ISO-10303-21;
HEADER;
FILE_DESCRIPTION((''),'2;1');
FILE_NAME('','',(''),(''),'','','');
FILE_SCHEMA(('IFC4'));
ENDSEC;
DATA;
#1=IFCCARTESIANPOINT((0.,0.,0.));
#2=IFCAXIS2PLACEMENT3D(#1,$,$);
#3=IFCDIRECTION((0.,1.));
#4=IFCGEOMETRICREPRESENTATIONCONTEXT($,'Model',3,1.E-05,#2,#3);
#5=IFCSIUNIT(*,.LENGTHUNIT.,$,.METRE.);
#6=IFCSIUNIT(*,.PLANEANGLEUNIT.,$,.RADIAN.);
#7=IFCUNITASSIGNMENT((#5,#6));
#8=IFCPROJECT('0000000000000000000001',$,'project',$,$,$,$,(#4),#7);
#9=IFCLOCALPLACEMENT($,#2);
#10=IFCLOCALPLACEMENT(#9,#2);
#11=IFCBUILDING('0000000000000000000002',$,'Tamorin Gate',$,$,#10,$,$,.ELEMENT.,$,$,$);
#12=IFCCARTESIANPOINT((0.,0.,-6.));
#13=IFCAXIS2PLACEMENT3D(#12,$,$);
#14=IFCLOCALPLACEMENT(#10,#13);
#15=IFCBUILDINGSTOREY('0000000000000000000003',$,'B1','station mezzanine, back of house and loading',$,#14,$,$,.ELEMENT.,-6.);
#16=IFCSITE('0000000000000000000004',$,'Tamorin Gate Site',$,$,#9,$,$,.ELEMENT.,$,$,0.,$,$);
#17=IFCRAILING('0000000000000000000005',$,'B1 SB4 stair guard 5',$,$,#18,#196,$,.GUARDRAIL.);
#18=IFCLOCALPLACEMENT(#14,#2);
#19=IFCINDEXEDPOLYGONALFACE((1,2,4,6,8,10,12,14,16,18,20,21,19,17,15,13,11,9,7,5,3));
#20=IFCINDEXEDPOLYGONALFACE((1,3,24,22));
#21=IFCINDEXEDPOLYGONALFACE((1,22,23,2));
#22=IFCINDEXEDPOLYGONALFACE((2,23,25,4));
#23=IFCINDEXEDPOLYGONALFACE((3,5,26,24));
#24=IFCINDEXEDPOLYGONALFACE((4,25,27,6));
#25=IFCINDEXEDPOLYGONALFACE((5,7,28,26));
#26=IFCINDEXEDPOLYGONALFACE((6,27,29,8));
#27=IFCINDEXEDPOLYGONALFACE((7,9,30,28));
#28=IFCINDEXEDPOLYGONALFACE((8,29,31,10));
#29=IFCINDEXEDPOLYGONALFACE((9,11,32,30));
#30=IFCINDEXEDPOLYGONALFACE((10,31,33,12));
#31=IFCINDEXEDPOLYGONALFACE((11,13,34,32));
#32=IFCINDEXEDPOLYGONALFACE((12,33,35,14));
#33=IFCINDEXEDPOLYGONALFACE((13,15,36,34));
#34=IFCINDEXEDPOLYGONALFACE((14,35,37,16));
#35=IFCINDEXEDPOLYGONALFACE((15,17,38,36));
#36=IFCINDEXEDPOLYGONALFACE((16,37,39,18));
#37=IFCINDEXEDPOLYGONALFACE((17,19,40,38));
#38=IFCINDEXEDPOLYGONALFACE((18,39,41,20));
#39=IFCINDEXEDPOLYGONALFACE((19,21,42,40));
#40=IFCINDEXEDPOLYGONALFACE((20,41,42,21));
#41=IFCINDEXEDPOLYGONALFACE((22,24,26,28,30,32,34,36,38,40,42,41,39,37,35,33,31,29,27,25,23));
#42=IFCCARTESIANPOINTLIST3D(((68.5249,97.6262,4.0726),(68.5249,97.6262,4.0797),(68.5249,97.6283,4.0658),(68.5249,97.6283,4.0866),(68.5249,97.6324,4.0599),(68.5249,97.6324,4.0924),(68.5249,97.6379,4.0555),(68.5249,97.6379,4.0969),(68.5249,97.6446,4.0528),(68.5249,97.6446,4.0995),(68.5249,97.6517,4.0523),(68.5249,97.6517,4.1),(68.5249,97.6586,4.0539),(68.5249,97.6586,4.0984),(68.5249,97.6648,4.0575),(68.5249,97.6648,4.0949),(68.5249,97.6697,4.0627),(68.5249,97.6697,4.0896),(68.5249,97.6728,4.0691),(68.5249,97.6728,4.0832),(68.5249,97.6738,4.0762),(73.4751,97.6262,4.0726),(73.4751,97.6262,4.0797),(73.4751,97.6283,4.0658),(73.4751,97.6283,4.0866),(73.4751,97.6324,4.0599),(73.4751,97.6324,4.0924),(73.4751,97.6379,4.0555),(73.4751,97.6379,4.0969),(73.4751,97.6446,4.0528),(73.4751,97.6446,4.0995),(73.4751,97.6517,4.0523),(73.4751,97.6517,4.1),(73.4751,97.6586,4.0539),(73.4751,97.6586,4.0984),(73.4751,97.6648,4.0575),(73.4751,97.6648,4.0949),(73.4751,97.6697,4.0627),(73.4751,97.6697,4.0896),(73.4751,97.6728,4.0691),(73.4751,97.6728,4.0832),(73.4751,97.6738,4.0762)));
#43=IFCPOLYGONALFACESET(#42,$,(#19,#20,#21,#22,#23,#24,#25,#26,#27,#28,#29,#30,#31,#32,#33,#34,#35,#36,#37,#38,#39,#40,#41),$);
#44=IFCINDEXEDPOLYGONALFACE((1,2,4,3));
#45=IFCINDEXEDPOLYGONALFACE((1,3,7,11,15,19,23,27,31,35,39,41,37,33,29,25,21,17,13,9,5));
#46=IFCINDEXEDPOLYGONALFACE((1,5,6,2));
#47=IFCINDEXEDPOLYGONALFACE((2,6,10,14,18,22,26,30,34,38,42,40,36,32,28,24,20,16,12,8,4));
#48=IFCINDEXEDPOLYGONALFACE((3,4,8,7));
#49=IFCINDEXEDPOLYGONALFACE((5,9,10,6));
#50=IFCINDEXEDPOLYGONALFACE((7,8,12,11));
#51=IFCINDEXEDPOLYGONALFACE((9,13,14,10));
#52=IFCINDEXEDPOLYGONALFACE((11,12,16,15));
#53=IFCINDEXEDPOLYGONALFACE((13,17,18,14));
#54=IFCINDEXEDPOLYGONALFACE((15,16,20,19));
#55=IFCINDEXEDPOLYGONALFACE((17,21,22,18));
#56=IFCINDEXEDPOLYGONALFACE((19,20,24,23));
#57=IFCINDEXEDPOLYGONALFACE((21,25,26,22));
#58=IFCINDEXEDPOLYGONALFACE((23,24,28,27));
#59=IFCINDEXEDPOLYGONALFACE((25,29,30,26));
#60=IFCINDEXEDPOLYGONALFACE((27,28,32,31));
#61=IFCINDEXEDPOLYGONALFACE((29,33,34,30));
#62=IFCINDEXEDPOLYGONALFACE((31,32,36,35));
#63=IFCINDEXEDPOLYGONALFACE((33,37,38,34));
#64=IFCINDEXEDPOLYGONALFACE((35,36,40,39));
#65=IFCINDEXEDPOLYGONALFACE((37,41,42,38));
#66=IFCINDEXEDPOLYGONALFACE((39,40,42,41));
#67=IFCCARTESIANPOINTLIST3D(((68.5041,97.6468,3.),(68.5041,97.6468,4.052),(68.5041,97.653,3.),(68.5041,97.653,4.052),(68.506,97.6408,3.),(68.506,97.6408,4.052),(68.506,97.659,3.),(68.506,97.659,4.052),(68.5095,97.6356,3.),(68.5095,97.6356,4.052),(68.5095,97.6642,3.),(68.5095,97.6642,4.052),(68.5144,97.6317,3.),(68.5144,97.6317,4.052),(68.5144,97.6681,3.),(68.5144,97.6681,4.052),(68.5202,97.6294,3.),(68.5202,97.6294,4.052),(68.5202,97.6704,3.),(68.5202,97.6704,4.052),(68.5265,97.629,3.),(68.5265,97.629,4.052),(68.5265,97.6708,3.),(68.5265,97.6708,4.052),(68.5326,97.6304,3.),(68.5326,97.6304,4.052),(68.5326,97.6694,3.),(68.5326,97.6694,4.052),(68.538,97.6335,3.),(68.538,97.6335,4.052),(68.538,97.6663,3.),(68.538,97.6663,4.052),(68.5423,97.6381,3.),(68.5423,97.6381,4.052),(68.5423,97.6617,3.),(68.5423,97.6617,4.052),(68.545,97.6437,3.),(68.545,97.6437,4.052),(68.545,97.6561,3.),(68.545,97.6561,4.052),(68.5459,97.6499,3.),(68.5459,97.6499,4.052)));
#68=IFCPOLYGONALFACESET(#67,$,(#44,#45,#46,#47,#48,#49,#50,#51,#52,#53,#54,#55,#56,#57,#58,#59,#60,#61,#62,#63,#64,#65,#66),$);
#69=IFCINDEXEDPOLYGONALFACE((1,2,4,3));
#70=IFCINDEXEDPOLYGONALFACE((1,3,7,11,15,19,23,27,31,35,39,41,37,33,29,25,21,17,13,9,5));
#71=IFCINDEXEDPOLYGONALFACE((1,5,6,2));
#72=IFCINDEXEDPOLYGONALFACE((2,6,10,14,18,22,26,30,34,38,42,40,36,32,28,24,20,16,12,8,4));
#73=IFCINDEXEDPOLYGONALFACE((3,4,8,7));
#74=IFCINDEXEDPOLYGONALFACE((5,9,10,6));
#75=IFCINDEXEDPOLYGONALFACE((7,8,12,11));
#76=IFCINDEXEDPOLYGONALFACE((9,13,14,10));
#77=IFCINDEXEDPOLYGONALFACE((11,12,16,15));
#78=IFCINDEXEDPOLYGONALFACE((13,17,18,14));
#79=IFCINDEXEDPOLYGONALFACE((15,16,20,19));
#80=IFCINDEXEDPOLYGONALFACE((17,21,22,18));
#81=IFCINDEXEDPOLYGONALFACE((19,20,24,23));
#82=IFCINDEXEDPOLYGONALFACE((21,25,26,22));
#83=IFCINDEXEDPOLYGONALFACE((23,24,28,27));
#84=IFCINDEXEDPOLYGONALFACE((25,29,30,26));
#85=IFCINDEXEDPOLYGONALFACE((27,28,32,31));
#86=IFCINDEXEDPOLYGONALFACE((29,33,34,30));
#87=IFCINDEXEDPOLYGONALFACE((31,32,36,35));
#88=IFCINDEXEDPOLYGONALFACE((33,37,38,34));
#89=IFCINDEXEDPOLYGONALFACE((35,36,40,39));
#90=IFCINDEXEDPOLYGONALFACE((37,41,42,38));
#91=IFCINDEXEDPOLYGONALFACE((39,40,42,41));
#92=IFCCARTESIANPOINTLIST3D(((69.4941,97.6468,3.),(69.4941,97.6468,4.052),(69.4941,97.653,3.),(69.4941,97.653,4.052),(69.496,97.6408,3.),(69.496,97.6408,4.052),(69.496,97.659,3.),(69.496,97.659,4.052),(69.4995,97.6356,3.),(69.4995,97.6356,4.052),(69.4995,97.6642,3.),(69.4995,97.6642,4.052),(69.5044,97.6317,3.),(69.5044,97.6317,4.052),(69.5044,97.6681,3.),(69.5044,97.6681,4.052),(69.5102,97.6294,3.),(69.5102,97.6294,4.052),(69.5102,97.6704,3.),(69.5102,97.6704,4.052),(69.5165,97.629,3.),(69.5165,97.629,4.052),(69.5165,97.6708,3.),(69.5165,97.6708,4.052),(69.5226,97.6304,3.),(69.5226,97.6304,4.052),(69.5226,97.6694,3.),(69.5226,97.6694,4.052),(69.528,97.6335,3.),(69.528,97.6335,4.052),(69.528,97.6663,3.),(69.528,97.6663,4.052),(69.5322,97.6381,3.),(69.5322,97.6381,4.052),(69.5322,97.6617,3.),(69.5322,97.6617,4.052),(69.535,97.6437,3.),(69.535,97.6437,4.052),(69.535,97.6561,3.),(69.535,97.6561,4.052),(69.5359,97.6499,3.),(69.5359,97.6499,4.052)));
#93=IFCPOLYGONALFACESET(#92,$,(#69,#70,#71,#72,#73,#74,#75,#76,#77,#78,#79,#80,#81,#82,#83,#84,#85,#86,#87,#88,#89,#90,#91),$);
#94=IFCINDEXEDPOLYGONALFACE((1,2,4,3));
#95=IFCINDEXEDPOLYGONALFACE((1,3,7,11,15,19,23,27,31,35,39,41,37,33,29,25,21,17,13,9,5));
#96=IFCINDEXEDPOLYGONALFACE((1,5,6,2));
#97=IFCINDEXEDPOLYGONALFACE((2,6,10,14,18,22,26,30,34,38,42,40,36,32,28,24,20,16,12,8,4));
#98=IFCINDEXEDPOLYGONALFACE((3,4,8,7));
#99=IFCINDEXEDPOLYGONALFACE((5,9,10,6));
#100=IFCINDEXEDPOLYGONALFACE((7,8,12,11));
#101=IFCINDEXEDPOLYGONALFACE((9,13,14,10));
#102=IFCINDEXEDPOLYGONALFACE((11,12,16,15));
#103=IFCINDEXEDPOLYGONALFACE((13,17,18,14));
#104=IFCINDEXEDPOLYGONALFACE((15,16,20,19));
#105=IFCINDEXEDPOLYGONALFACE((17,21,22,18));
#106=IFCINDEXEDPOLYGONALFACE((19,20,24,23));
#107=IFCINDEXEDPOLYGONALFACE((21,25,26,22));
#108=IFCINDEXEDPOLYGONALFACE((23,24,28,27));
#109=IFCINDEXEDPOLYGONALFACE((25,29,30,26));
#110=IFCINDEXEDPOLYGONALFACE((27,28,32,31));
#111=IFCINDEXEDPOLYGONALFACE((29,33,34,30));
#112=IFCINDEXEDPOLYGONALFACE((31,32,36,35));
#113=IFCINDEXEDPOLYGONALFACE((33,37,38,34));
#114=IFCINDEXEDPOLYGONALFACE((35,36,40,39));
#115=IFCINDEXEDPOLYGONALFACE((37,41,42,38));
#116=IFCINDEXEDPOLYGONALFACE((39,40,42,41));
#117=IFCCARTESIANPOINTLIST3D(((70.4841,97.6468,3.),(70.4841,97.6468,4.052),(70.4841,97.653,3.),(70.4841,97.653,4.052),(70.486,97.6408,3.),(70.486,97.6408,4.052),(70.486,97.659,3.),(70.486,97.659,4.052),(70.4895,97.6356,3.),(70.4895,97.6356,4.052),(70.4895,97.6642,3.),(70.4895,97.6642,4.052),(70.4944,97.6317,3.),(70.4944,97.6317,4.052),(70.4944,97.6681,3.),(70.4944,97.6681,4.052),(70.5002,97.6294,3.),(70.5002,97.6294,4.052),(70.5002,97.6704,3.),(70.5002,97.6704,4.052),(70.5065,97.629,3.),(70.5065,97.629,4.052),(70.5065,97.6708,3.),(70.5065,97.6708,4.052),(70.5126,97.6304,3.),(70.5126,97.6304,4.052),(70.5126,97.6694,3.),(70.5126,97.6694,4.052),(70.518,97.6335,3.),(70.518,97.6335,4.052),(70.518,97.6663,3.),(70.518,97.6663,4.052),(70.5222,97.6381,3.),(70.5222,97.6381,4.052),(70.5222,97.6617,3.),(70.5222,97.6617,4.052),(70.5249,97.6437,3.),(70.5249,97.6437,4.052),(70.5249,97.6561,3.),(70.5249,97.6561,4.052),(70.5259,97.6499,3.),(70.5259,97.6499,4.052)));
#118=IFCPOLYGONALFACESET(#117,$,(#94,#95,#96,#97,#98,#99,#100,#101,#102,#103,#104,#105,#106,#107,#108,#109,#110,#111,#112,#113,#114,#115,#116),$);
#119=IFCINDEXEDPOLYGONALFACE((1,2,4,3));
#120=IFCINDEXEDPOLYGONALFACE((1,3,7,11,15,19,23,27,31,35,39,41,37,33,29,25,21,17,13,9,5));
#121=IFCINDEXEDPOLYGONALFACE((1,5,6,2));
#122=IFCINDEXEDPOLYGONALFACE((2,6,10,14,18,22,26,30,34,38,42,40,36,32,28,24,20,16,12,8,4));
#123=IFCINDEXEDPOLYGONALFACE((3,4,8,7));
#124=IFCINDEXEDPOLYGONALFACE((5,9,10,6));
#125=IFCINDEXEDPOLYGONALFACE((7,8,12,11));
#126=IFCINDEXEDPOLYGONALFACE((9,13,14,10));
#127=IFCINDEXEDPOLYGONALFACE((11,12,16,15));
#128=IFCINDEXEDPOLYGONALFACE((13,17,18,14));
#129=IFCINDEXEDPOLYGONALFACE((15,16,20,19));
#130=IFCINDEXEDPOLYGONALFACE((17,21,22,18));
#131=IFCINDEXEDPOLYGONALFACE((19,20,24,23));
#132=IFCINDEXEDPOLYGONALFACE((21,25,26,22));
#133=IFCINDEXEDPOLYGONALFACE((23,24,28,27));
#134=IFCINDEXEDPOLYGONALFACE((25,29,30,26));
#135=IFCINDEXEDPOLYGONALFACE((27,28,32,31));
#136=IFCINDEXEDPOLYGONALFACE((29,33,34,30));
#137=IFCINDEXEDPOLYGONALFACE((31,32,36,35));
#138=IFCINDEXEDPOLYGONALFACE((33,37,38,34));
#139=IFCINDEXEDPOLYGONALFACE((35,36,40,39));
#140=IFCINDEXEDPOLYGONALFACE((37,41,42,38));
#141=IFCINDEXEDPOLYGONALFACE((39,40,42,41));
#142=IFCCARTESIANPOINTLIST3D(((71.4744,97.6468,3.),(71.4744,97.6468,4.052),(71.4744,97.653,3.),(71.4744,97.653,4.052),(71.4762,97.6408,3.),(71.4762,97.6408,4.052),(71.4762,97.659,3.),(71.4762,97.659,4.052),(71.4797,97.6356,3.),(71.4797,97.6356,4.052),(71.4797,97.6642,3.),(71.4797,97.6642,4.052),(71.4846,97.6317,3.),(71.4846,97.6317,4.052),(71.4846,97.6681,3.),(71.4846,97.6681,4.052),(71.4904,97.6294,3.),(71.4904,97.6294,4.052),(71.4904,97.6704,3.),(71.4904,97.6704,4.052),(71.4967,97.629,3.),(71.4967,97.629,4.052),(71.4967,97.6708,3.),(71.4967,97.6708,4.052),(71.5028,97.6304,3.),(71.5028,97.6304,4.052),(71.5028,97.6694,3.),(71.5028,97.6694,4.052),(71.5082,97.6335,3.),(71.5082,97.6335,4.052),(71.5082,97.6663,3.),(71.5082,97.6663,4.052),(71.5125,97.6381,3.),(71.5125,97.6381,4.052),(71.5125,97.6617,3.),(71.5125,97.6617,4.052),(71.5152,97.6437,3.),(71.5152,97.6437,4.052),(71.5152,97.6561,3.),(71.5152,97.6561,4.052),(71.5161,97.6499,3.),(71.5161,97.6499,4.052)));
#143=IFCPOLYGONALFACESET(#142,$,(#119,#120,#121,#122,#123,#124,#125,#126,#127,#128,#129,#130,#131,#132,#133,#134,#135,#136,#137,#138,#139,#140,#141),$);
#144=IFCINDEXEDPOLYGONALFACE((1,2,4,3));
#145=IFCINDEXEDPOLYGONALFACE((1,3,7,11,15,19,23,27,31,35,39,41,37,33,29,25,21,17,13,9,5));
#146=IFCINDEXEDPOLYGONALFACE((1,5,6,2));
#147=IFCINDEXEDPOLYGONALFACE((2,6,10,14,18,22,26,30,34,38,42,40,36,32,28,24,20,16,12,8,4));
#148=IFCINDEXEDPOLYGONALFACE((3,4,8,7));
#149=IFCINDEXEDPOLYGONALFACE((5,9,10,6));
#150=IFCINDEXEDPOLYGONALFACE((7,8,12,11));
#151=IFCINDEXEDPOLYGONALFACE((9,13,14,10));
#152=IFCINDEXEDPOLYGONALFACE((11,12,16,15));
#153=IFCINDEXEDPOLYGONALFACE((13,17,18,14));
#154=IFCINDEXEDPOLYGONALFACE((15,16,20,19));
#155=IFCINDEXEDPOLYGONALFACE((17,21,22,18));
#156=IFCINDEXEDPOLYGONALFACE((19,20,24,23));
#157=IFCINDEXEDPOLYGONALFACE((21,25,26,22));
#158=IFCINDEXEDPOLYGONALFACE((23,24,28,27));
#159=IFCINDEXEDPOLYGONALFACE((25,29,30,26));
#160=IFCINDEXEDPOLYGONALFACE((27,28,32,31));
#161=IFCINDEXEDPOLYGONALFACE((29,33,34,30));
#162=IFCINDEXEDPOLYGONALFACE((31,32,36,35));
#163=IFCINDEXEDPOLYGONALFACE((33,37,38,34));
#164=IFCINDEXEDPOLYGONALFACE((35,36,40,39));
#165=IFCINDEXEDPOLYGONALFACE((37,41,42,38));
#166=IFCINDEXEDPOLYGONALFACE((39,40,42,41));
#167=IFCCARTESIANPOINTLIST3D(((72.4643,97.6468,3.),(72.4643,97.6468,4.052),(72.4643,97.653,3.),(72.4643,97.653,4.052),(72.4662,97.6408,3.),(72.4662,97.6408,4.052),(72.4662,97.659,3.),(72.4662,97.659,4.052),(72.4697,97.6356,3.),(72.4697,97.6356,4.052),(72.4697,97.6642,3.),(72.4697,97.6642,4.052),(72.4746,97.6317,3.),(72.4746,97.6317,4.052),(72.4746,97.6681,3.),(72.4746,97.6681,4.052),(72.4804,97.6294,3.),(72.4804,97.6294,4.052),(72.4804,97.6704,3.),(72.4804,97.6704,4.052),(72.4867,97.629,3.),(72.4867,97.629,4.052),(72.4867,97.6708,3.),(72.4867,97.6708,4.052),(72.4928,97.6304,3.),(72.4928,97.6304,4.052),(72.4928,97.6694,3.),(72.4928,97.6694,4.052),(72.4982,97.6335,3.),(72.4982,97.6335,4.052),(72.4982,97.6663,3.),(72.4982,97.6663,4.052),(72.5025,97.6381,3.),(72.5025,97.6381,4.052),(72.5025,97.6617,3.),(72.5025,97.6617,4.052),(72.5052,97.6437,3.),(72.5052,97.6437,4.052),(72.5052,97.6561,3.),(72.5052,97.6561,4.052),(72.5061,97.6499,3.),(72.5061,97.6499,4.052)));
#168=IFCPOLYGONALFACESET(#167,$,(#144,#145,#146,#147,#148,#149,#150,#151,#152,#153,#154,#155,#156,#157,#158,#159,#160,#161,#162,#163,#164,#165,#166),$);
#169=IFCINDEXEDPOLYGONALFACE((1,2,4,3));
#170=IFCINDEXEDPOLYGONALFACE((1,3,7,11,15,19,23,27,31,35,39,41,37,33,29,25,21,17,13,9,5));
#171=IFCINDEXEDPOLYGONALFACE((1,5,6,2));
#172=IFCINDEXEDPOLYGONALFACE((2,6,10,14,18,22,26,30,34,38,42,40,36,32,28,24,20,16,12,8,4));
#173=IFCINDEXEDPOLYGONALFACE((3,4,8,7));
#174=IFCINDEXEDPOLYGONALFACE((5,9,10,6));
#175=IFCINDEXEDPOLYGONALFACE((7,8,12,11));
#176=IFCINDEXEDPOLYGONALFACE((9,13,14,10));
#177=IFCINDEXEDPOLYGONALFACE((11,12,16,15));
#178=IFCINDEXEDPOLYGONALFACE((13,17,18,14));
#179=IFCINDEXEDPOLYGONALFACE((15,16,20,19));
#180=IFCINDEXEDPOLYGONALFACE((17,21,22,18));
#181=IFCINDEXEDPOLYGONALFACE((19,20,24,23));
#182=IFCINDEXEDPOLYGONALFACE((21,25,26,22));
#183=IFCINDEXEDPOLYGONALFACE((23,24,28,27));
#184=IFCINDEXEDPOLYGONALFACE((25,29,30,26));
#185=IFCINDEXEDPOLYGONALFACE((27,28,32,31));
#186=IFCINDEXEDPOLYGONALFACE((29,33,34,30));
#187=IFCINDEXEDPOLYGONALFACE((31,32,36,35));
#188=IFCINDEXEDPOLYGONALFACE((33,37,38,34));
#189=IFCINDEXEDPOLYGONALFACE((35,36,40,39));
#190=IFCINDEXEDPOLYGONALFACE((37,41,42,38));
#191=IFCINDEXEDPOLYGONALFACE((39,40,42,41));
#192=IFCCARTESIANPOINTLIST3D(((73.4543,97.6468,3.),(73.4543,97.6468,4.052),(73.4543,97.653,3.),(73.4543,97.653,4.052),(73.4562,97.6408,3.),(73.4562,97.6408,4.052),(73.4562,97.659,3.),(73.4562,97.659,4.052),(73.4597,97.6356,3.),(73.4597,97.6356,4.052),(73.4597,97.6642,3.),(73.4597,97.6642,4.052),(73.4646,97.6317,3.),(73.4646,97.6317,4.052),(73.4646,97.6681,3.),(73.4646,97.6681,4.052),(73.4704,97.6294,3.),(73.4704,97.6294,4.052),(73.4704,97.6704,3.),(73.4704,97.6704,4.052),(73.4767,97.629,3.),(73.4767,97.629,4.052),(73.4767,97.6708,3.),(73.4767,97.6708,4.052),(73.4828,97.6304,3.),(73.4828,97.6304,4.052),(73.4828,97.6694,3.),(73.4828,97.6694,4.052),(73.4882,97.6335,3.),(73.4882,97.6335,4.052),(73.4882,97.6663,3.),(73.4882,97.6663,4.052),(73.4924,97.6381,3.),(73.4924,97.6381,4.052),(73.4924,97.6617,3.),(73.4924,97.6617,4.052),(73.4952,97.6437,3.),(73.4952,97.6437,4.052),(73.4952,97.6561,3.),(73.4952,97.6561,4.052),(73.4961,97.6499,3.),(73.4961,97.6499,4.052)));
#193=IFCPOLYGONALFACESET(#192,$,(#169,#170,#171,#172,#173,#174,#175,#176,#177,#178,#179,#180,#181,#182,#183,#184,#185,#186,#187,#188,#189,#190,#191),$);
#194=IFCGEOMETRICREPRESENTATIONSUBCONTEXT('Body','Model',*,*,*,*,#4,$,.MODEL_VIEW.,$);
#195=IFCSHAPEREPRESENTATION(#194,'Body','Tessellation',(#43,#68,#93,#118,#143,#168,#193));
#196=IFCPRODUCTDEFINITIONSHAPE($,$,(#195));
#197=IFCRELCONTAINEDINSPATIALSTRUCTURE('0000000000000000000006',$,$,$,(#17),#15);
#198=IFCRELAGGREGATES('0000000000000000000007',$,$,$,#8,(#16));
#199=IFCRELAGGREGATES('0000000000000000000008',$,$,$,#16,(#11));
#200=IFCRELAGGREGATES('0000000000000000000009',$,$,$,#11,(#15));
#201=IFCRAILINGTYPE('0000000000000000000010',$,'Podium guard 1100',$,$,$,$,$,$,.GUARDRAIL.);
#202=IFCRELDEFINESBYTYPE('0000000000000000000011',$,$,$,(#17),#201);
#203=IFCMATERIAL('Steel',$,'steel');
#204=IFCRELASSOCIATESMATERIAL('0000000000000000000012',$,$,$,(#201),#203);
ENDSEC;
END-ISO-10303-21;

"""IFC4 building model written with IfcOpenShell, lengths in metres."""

from ifc_helpers import new_model, si_unit, direction, frame, origin, origin_2d, place, context, subcontext, project, spatial, circle, extrude, material, type_object, element, save


model = new_model("IFC4")

# Units and contexts
model_context = context("Model", 3, precision=1e-05, world=origin(), true_north=direction((0.0, 1.0)))
body_context = subcontext(model_context, "Body", "Model", "MODEL_VIEW")
ifc_project = project(units=[si_unit("LENGTHUNIT", "METRE"), si_unit("PLANEANGLEUNIT", "RADIAN")], contexts=[model_context])

# Site, building, storey
site_placement = place(None, origin())
site = spatial("IfcSite", under=ifc_project, at=site_placement, Name="Tamorin Gate Site", CompositionType="ELEMENT", RefElevation=0.0)
building_placement = place(site_placement, origin())
building = spatial("IfcBuilding", under=site, at=building_placement, Name="Tamorin Gate", CompositionType="ELEMENT")
storey_placement = place(building_placement, frame((0.0, 0.0, -6.0)))
storey = spatial("IfcBuildingStorey", under=building, at=storey_placement, Name="B1", Description="station mezzanine, back of house and loading", CompositionType="ELEMENT", Elevation=-6.0)

# Railing
ifc_material_1 = material(Name="Steel", Category="steel")
railing_type_1 = type_object("IfcRailingType", Name="Podium guard 1100", PredefinedType="GUARDRAIL", material=ifc_material_1)
railing_1_placement = place(storey_placement, frame((68.5249, 97.6499, 3.0)))
element("IfcRailing", 1, at=railing_1_placement, inside=storey, type_object=railing_type_1, Name="B1 SB4 stair guard 5", PredefinedType="GUARDRAIL", context=body_context, shape_type="SweptSolid", body=[
    extrude(circle(Radius=0.0239, at=origin_2d()), frame((0.0, 0.0, 1.0762), z_axis=(1.0, 0.0, 0.0), x_axis=(0.0, 1.0, 0.0)), (0.0, 0.0, 1.0), 4.9502),
    extrude(circle(Radius=0.021, at=origin_2d()), origin(), (0.0, 0.0, 1.0), 1.052),
    extrude(circle(Radius=0.021, at=origin_2d()), frame((0.99, 0.0, 0.0)), (0.0, 0.0, 1.0), 1.052),
    extrude(circle(Radius=0.021, at=origin_2d()), frame((1.98, 0.0, 0.0)), (0.0, 0.0, 1.0), 1.052),
    extrude(circle(Radius=0.021, at=origin_2d()), frame((2.9702, 0.0, 0.0)), (0.0, 0.0, 1.0), 1.052),
    extrude(circle(Radius=0.021, at=origin_2d()), frame((3.9602, 0.0, 0.0)), (0.0, 0.0, 1.0), 1.052),
    extrude(circle(Radius=0.021, at=origin_2d()), frame((4.9502, 0.0, 0.0)), (0.0, 0.0, 1.0), 1.052),
])

save(model, "model.ifc")
